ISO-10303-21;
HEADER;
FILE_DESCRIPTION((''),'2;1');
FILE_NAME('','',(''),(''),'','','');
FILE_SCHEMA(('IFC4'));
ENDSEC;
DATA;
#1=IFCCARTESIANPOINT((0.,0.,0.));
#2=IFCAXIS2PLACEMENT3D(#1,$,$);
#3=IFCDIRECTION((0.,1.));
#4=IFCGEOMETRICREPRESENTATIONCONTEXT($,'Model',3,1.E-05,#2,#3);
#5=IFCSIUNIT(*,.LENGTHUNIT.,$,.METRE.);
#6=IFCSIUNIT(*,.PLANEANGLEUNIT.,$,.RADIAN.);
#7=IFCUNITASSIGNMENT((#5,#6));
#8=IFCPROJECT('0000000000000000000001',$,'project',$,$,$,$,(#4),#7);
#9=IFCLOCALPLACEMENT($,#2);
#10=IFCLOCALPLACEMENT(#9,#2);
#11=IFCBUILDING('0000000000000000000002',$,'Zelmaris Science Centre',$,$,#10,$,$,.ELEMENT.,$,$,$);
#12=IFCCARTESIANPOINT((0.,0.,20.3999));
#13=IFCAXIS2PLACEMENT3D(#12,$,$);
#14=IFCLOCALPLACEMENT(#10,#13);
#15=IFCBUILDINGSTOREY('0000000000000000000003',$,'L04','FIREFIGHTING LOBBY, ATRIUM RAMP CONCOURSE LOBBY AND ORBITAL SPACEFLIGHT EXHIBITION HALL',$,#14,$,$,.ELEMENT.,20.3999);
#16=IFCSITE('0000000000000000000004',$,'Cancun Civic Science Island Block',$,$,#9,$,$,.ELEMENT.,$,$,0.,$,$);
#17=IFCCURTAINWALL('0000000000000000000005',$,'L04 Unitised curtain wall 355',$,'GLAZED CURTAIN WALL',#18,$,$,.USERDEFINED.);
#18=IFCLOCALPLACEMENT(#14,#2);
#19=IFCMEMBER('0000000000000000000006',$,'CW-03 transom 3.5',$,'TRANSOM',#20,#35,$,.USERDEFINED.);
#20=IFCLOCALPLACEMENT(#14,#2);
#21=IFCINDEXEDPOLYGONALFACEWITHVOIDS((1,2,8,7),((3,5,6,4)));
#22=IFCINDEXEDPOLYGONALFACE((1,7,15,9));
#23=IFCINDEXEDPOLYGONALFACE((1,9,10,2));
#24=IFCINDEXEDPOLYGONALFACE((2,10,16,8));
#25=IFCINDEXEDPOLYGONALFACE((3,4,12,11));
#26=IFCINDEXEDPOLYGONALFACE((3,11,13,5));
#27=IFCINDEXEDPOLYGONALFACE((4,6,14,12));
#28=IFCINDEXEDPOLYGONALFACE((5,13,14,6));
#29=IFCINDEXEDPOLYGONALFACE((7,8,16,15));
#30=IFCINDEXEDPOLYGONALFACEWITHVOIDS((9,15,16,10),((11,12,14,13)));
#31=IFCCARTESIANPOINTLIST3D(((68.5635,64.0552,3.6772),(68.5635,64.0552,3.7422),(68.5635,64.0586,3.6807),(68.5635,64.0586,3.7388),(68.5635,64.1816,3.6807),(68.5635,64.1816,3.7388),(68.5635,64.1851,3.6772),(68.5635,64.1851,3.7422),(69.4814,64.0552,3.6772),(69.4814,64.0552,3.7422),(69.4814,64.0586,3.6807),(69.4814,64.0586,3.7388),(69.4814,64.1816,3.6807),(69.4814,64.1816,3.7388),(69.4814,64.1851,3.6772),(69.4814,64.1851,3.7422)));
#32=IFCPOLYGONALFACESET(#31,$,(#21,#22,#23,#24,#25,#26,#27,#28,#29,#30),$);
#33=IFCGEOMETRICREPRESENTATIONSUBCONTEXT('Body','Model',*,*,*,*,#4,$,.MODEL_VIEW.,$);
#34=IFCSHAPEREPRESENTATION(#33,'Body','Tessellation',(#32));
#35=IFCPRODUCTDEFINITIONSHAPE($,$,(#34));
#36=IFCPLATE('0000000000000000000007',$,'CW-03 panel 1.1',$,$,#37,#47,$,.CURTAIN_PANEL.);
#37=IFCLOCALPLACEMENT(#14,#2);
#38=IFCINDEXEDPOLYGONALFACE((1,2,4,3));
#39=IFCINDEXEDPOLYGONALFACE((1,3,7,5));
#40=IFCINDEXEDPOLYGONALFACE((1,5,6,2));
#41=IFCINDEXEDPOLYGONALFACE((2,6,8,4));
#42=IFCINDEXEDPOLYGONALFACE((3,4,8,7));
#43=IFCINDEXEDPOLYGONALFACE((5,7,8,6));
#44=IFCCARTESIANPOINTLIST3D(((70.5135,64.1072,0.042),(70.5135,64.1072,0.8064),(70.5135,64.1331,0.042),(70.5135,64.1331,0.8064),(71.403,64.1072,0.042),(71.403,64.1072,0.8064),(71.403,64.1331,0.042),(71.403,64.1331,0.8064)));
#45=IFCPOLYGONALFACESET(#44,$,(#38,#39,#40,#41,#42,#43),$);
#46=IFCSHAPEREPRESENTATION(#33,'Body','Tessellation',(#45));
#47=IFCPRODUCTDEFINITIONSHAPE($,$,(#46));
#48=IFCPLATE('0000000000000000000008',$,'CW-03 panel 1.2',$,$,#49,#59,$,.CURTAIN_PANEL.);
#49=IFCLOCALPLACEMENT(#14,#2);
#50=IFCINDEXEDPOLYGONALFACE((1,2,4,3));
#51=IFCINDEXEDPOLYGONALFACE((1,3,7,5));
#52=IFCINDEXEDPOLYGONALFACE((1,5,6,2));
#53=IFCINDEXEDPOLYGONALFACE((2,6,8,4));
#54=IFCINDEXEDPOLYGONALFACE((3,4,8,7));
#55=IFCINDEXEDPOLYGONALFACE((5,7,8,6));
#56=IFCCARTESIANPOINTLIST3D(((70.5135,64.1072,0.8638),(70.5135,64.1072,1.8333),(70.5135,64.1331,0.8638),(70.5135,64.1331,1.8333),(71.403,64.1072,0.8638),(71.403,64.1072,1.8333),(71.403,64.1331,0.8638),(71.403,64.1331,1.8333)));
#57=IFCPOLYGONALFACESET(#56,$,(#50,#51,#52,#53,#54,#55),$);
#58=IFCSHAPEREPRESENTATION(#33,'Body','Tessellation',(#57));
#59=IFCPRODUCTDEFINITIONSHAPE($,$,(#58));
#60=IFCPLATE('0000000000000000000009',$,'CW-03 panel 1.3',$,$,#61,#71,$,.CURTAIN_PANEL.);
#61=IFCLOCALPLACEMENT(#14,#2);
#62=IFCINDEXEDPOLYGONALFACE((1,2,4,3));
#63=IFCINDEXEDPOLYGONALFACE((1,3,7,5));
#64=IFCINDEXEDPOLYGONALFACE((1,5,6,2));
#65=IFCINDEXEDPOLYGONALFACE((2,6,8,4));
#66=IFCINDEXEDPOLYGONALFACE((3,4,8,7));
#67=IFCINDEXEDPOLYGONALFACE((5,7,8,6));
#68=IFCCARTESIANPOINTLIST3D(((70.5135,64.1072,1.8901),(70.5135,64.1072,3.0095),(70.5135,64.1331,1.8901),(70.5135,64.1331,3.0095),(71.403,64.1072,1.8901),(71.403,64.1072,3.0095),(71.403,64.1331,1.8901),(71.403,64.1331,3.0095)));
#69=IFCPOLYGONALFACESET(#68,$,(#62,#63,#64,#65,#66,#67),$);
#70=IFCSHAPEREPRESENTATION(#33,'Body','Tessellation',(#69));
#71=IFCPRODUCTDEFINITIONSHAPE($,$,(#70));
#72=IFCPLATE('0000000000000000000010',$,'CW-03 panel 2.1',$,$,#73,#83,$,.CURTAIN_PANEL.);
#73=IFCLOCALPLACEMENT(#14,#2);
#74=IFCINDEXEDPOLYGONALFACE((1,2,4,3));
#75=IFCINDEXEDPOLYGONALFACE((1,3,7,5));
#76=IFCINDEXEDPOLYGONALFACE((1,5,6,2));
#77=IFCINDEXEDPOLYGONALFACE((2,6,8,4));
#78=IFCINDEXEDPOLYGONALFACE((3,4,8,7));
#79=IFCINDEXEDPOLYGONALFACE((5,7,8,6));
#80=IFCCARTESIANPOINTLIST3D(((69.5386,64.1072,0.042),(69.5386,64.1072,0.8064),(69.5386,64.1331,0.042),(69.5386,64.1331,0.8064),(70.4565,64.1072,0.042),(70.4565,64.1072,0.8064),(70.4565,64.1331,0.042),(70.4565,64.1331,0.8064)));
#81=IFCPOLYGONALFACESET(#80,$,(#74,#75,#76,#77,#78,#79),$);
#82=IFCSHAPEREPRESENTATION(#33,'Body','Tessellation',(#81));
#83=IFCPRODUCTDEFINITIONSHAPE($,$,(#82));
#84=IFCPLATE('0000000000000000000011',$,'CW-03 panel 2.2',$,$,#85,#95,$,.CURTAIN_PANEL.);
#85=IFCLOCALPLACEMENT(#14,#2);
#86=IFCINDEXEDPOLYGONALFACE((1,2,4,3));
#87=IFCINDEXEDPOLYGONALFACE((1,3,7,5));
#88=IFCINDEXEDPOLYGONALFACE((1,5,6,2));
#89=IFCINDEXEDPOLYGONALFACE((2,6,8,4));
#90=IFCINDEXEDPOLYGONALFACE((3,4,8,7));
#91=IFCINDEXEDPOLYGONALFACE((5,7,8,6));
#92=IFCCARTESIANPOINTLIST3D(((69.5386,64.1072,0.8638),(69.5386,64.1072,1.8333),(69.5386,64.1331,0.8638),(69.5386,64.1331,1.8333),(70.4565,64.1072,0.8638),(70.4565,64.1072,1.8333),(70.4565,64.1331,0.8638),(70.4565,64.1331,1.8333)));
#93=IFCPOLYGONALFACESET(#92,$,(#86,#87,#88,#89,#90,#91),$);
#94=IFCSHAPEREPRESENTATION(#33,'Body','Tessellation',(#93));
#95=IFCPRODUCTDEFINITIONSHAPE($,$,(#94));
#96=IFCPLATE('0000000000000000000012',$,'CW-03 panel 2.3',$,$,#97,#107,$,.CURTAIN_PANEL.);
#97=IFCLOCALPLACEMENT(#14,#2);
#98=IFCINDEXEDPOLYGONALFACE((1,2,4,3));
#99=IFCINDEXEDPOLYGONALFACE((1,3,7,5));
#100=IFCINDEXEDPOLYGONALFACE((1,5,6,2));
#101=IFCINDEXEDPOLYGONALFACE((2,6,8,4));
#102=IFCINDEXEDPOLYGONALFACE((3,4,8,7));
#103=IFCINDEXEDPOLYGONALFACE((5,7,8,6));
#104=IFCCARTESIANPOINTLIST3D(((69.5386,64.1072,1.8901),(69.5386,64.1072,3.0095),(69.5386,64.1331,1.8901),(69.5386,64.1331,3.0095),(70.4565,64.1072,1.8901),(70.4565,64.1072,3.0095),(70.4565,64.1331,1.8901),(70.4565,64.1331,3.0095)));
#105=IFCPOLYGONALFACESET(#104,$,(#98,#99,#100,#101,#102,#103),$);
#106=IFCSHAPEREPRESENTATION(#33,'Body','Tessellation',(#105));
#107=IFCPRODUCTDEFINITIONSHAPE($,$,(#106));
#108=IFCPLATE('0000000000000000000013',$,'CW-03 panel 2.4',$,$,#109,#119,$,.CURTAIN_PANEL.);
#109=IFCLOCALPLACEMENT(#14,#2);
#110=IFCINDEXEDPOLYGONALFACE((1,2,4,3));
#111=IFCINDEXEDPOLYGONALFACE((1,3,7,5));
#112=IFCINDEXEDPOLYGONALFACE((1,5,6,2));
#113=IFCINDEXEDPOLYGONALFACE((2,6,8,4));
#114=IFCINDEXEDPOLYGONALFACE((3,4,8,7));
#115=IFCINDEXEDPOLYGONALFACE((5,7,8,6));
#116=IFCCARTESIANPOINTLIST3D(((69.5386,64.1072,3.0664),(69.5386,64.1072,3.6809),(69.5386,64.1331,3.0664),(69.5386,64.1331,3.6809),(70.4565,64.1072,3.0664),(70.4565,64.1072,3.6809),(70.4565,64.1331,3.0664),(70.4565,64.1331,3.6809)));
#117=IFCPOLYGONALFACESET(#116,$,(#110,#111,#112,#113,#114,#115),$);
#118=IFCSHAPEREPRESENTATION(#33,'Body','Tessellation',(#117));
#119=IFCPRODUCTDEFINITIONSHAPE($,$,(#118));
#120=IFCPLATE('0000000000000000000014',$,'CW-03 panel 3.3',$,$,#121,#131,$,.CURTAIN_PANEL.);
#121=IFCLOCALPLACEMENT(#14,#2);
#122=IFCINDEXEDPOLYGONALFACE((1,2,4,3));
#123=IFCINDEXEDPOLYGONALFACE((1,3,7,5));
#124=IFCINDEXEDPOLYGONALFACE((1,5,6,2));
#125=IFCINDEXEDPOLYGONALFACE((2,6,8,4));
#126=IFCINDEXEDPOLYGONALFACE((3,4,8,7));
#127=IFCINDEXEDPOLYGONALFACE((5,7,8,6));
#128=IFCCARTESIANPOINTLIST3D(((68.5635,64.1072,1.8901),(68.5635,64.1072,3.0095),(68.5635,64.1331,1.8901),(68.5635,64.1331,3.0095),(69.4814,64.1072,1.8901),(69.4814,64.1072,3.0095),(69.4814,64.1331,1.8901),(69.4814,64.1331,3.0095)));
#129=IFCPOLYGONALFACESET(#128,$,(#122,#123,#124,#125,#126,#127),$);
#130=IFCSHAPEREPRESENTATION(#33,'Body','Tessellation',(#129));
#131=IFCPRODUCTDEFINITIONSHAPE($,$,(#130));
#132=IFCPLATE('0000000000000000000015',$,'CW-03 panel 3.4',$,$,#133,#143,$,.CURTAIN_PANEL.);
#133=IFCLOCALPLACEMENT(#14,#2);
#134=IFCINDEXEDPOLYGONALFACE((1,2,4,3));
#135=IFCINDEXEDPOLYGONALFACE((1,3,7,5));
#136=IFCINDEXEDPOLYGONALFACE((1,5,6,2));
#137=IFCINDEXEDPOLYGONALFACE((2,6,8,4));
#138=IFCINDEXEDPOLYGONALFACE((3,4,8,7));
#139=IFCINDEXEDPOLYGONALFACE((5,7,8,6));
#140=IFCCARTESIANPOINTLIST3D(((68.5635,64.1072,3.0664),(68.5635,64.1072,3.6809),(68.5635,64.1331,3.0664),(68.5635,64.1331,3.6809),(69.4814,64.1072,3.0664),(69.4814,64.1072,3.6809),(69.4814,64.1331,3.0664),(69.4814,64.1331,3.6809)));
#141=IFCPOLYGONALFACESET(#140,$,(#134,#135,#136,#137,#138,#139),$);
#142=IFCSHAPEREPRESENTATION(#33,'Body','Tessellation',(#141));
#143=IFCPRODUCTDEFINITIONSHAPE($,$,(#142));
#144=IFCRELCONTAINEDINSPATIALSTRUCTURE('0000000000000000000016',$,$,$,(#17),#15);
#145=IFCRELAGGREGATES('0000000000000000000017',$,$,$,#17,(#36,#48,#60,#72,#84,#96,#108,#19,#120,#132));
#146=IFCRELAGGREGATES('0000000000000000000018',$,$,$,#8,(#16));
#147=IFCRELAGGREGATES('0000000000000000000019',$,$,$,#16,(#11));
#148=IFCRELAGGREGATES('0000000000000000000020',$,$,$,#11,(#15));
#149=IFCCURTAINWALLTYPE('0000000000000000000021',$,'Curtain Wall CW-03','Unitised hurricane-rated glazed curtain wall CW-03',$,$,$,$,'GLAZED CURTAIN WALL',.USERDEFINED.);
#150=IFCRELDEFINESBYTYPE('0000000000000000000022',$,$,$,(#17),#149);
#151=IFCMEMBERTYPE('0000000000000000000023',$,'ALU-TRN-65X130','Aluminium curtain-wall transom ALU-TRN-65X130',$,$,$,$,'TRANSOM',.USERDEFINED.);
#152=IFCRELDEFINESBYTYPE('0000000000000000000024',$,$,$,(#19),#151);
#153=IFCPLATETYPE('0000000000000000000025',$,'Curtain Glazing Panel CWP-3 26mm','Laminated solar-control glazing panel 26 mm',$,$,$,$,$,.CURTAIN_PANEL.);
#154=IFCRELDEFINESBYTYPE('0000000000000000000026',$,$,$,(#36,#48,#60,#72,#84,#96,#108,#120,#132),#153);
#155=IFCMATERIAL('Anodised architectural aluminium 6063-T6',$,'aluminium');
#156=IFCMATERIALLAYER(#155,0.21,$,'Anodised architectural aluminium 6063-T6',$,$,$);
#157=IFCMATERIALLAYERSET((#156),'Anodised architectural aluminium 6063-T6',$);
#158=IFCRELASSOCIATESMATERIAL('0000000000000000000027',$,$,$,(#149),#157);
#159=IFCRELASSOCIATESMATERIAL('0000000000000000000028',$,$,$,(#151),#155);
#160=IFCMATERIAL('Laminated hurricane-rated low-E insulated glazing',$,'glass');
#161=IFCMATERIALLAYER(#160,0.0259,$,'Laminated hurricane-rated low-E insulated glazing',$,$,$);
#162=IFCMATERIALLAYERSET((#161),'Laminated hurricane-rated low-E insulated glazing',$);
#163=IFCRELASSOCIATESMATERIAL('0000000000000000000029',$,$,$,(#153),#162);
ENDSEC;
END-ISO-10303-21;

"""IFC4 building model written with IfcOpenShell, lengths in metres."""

from ifc_helpers import new_model, si_unit, direction, frame, origin, origin_2d, place, context, subcontext, project, spatial, rectangle, hollow_rectangle, extrude, material, layer, layer_set, material_profile, profile_set, type_object, element, aggregate, save


model = new_model("IFC4")

# Units and contexts
model_context = context("Model", 3, precision=1e-05, world=origin(), true_north=direction((0.0, 1.0)))
body_context = subcontext(model_context, "Body", "Model", "MODEL_VIEW")
ifc_project = project(units=[si_unit("LENGTHUNIT", "METRE"), si_unit("PLANEANGLEUNIT", "RADIAN")], contexts=[model_context])

# Site, building, storey
site_placement = place(None, origin())
site = spatial("IfcSite", under=ifc_project, at=site_placement, Name="Cancun Civic Science Island Block", CompositionType="ELEMENT", RefElevation=0.0)
building_placement = place(site_placement, origin())
building = spatial("IfcBuilding", under=site, at=building_placement, Name="Zelmaris Science Centre", CompositionType="ELEMENT")
storey_placement = place(building_placement, frame((0.0, 0.0, 20.3999)))
storey = spatial("IfcBuildingStorey", under=building, at=storey_placement, Name="L04", Description="FIREFIGHTING LOBBY, ATRIUM RAMP CONCOURSE LOBBY AND ORBITAL SPACEFLIGHT EXHIBITION HALL", CompositionType="ELEMENT", Elevation=20.3999)

# Curtain wall, member, plates
ifc_material_1 = material(Name="Anodised architectural aluminium 6063-T6", Category="aluminium")
ifc_layer_1 = layer(ifc_material_1, 0.21, Name="Anodised architectural aluminium 6063-T6")
ifc_layer_set_1 = layer_set([ifc_layer_1], Name="Anodised architectural aluminium 6063-T6")
curtain_wall_type = type_object("IfcCurtainWallType", Name="Curtain Wall CW-03", Description="Unitised hurricane-rated glazed curtain wall CW-03", ElementType="GLAZED CURTAIN WALL", PredefinedType="USERDEFINED", material=ifc_layer_set_1)
curtain_wall_placement = place(storey_placement, origin())
curtain_wall = element("IfcCurtainWall", 1, at=curtain_wall_placement, inside=storey, type_object=curtain_wall_type, Name="L04 Unitised curtain wall 355", ObjectType="GLAZED CURTAIN WALL", PredefinedType="USERDEFINED")
ifc_material_profile_1 = material_profile(ifc_material_1, hollow_rectangle(XDim=0.0649, YDim=0.1299, WallThickness=0.0034, at=origin_2d()), Name="ALU-TRN-65X130")
ifc_profile_set_1 = profile_set([ifc_material_profile_1], Name="Anodised architectural aluminium 6063-T6")
member_type_1 = type_object("IfcMemberType", Name="ALU-TRN-65X130", Description="Aluminium curtain-wall transom ALU-TRN-65X130", ElementType="TRANSOM", PredefinedType="USERDEFINED", material=ifc_profile_set_1)
member_1_placement = place(storey_placement, frame((69.4814, 64.1201, 3.7097), z_axis=(-1.0, 0.0, 0.0), x_axis=(0.0, 0.0, 1.0)))
member_1 = element("IfcMember", 2, at=member_1_placement, type_object=member_type_1, Name="CW-03 transom 3.5", ObjectType="TRANSOM", PredefinedType="USERDEFINED", context=body_context, shape_type="SweptSolid", body=[
    extrude(hollow_rectangle(XDim=0.0649, YDim=0.1299, WallThickness=0.0034, at=origin_2d()), origin(), (0.0, 0.0, 1.0), 0.918),
])
ifc_material_2 = material(Name="Laminated hurricane-rated low-E insulated glazing", Category="glass")
ifc_layer_2 = layer(ifc_material_2, 0.0259, Name="Laminated hurricane-rated low-E insulated glazing")
ifc_layer_set_2 = layer_set([ifc_layer_2], Name="Laminated hurricane-rated low-E insulated glazing")
plate_type = type_object("IfcPlateType", Name="Curtain Glazing Panel CWP-3 26mm", Description="Laminated solar-control glazing panel 26 mm", PredefinedType="CURTAIN_PANEL", material=ifc_layer_set_2)
plate_1_placement = place(storey_placement, frame((70.9583, 64.1201, 0.042), z_axis=(0.0, 0.0, 1.0), x_axis=(-1.0, 0.0, 0.0)))
plate_1 = element("IfcPlate", 3, at=plate_1_placement, type_object=plate_type, Name="CW-03 panel 1.1", PredefinedType="CURTAIN_PANEL", context=body_context, shape_type="SweptSolid", body=[
    extrude(rectangle(XDim=0.8894, YDim=0.0259, at=origin_2d()), origin(), (0.0, 0.0, 1.0), 0.7644),
])
plate_2_placement = place(storey_placement, frame((70.9583, 64.1201, 0.8638), z_axis=(0.0, 0.0, 1.0), x_axis=(-1.0, 0.0, 0.0)))
plate_2 = element("IfcPlate", 4, at=plate_2_placement, type_object=plate_type, Name="CW-03 panel 1.2", PredefinedType="CURTAIN_PANEL", context=body_context, shape_type="SweptSolid", body=[
    extrude(rectangle(XDim=0.8894, YDim=0.0259, at=origin_2d()), origin(), (0.0, 0.0, 1.0), 0.9695),
])
plate_3_placement = place(storey_placement, frame((70.9583, 64.1201, 1.8901), z_axis=(0.0, 0.0, 1.0), x_axis=(-1.0, 0.0, 0.0)))
plate_3 = element("IfcPlate", 5, at=plate_3_placement, type_object=plate_type, Name="CW-03 panel 1.3", PredefinedType="CURTAIN_PANEL", context=body_context, shape_type="SweptSolid", body=[
    extrude(rectangle(XDim=0.8894, YDim=0.0259, at=origin_2d()), origin(), (0.0, 0.0, 1.0), 1.1194),
])
plate_4_placement = place(storey_placement, frame((69.9976, 64.1201, 0.042), z_axis=(0.0, 0.0, 1.0), x_axis=(-1.0, 0.0, 0.0)))
plate_4 = element("IfcPlate", 6, at=plate_4_placement, type_object=plate_type, Name="CW-03 panel 2.1", PredefinedType="CURTAIN_PANEL", context=body_context, shape_type="SweptSolid", body=[
    extrude(rectangle(XDim=0.918, YDim=0.0259, at=origin_2d()), origin(), (0.0, 0.0, 1.0), 0.7644),
])
plate_5_placement = place(storey_placement, frame((69.9976, 64.1201, 0.8638), z_axis=(0.0, 0.0, 1.0), x_axis=(-1.0, 0.0, 0.0)))
plate_5 = element("IfcPlate", 7, at=plate_5_placement, type_object=plate_type, Name="CW-03 panel 2.2", PredefinedType="CURTAIN_PANEL", context=body_context, shape_type="SweptSolid", body=[
    extrude(rectangle(XDim=0.918, YDim=0.0259, at=origin_2d()), origin(), (0.0, 0.0, 1.0), 0.9695),
])
plate_6_placement = place(storey_placement, frame((69.9976, 64.1201, 1.8901), z_axis=(0.0, 0.0, 1.0), x_axis=(-1.0, 0.0, 0.0)))
plate_6 = element("IfcPlate", 8, at=plate_6_placement, type_object=plate_type, Name="CW-03 panel 2.3", PredefinedType="CURTAIN_PANEL", context=body_context, shape_type="SweptSolid", body=[
    extrude(rectangle(XDim=0.918, YDim=0.0259, at=origin_2d()), origin(), (0.0, 0.0, 1.0), 1.1194),
])
plate_7_placement = place(storey_placement, frame((69.9976, 64.1201, 3.0664), z_axis=(0.0, 0.0, 1.0), x_axis=(-1.0, 0.0, 0.0)))
plate_7 = element("IfcPlate", 9, at=plate_7_placement, type_object=plate_type, Name="CW-03 panel 2.4", PredefinedType="CURTAIN_PANEL", context=body_context, shape_type="SweptSolid", body=[
    extrude(rectangle(XDim=0.918, YDim=0.0259, at=origin_2d()), origin(), (0.0, 0.0, 1.0), 0.6145),
])
plate_8_placement = place(storey_placement, frame((69.0225, 64.1201, 1.8901), z_axis=(0.0, 0.0, 1.0), x_axis=(-1.0, 0.0, 0.0)))
plate_8 = element("IfcPlate", 10, at=plate_8_placement, type_object=plate_type, Name="CW-03 panel 3.3", PredefinedType="CURTAIN_PANEL", context=body_context, shape_type="SweptSolid", body=[
    extrude(rectangle(XDim=0.918, YDim=0.0259, at=origin_2d()), origin(), (0.0, 0.0, 1.0), 1.1194),
])
plate_9_placement = place(storey_placement, frame((69.0225, 64.1201, 3.0664), z_axis=(0.0, 0.0, 1.0), x_axis=(-1.0, 0.0, 0.0)))
plate_9 = element("IfcPlate", 11, at=plate_9_placement, type_object=plate_type, Name="CW-03 panel 3.4", PredefinedType="CURTAIN_PANEL", context=body_context, shape_type="SweptSolid", body=[
    extrude(rectangle(XDim=0.918, YDim=0.0259, at=origin_2d()), origin(), (0.0, 0.0, 1.0), 0.6145),
])
aggregate(curtain_wall, [plate_1, plate_2, plate_3, plate_4, plate_5, plate_6, plate_7, member_1, plate_8, plate_9])

save(model, "model.ifc")
